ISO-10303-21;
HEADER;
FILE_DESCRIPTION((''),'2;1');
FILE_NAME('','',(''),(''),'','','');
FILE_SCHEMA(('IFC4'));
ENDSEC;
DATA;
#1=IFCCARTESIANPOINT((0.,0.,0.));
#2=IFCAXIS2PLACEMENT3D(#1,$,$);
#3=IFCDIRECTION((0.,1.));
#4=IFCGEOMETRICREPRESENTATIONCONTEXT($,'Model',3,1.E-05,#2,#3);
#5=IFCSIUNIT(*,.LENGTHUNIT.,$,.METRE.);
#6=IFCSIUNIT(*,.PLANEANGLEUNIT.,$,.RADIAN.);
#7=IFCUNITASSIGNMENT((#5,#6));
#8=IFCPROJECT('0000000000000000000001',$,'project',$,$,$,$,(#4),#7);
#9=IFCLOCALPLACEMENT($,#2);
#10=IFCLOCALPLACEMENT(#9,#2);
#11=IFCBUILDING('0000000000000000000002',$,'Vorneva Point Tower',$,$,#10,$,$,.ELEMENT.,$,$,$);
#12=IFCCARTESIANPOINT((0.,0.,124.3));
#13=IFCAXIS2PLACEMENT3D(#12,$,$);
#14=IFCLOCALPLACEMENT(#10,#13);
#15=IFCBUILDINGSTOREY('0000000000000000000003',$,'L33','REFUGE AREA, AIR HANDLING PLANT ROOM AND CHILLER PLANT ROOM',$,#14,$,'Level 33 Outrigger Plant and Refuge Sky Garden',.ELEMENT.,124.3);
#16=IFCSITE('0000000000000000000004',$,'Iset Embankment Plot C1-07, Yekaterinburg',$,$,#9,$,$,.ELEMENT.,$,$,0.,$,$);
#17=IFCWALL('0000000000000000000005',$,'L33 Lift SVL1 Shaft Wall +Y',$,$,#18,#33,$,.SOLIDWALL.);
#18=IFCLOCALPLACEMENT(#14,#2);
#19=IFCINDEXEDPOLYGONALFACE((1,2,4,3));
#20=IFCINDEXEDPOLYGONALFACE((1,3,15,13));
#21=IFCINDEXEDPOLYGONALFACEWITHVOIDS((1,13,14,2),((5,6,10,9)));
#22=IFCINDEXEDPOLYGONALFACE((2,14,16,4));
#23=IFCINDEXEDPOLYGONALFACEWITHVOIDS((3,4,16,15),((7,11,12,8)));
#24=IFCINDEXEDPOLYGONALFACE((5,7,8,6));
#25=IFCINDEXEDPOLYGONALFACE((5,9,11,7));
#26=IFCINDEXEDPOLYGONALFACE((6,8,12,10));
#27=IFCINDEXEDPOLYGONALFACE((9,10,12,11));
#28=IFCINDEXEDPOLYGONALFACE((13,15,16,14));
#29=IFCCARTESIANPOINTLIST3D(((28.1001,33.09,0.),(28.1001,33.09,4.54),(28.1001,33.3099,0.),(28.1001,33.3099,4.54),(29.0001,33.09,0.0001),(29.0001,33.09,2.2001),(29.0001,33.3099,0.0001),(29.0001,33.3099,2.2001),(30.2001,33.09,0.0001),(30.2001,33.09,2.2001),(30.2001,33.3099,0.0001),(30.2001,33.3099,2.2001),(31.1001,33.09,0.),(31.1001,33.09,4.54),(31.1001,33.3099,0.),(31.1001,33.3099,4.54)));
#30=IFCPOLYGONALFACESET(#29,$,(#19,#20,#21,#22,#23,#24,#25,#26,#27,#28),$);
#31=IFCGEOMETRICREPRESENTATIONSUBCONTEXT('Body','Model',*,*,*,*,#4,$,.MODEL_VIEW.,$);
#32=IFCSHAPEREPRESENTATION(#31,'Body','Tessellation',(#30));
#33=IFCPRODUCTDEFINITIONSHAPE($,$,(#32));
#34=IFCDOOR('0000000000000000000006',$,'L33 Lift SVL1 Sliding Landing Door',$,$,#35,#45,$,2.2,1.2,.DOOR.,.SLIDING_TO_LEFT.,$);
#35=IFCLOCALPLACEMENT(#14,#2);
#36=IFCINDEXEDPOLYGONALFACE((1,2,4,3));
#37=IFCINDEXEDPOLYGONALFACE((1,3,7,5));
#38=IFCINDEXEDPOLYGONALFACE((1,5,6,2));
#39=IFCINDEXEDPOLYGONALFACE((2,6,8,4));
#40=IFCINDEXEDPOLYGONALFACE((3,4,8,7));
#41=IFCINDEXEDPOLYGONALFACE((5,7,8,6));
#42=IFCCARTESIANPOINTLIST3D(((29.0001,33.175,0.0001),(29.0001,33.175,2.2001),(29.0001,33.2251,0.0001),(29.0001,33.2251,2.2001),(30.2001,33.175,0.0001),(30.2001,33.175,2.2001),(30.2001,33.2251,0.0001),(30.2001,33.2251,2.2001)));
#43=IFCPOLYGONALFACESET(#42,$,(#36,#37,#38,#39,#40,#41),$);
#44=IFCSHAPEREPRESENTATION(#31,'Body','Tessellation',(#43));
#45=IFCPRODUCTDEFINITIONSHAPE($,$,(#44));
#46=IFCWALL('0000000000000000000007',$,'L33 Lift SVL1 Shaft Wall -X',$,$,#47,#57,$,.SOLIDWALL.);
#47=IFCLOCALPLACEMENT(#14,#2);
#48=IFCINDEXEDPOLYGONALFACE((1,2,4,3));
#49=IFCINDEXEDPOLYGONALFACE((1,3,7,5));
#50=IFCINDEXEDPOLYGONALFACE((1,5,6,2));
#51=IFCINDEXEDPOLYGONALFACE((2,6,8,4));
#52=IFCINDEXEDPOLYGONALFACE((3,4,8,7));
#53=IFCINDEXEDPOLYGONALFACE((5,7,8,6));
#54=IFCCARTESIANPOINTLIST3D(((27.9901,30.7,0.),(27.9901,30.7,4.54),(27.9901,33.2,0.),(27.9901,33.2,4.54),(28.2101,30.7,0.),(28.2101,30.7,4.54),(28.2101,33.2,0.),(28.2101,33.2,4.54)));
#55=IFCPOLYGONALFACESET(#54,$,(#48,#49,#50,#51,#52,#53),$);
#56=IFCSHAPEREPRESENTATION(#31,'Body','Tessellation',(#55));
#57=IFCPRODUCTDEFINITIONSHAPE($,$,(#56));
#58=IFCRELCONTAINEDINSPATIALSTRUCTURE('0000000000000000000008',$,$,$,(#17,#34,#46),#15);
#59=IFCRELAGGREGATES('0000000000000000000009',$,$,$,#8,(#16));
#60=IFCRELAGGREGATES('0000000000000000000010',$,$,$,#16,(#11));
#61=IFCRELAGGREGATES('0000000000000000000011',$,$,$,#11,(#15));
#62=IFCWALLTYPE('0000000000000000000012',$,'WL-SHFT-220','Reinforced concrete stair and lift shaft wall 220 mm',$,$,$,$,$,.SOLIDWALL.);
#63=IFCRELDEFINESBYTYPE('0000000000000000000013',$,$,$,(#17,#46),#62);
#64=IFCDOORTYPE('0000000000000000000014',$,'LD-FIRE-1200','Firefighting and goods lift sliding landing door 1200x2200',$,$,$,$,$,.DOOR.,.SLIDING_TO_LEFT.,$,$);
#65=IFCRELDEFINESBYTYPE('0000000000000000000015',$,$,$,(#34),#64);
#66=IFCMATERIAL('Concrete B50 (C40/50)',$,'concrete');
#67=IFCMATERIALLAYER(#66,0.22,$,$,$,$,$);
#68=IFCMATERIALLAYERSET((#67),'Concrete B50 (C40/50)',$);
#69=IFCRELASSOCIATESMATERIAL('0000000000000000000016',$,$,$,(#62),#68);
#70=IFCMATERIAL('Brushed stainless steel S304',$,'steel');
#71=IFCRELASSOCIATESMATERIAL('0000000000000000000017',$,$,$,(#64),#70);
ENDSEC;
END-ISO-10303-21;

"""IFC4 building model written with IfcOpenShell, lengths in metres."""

from ifc_helpers import new_model, si_unit, direction, frame, frame_2d, origin, place, context, subcontext, project, spatial, rectangle, extrude, material, layer, layer_set, type_object, element, fill, save


model = new_model("IFC4")

# Units and contexts
model_context = context("Model", 3, precision=1e-05, world=origin(), true_north=direction((0.0, 1.0)))
body_context = subcontext(model_context, "Body", "Model", "MODEL_VIEW")
ifc_project = project(units=[si_unit("LENGTHUNIT", "METRE"), si_unit("PLANEANGLEUNIT", "RADIAN")], contexts=[model_context])

# Site, building, storey
site_placement = place(None, origin())
site = spatial("IfcSite", under=ifc_project, at=site_placement, Name="Iset Embankment Plot C1-07, Yekaterinburg", CompositionType="ELEMENT", RefElevation=0.0)
building_placement = place(site_placement, origin())
building = spatial("IfcBuilding", under=site, at=building_placement, Name="Vorneva Point Tower", CompositionType="ELEMENT")
storey_placement = place(building_placement, frame((0.0, 0.0, 124.3)))
storey = spatial("IfcBuildingStorey", under=building, at=storey_placement, Name="L33", Description="REFUGE AREA, AIR HANDLING PLANT ROOM AND CHILLER PLANT ROOM", LongName="Level 33 Outrigger Plant and Refuge Sky Garden", CompositionType="ELEMENT", Elevation=124.3)

# Shared definitions
ifc_material_1 = material(Name="Concrete B50 (C40/50)", Category="concrete")
ifc_layer_1 = layer(ifc_material_1, 0.22)
ifc_layer_set_1 = layer_set([ifc_layer_1], Name="Concrete B50 (C40/50)")
wall_type_1 = type_object("IfcWallType", Name="WL-SHFT-220", Description="Reinforced concrete stair and lift shaft wall 220 mm", PredefinedType="SOLIDWALL", material=ifc_layer_set_1)

# Wall, opening, door
wall_1_placement = place(storey_placement, frame((31.1001, 33.2, 0.0), z_axis=(0.0, 0.0, 1.0), x_axis=(-1.0, 0.0, 0.0)))
wall_1 = element("IfcWall", 1, at=wall_1_placement, inside=storey, type_object=wall_type_1, Name="L33 Lift SVL1 Shaft Wall +Y", PredefinedType="SOLIDWALL", context=body_context, shape_type="SweptSolid", body=[
    extrude(rectangle(XDim=3.0, YDim=0.22, at=frame_2d((1.5, 0.0))), origin(), (0.0, 0.0, 1.0), 4.54),
])
opening_1_placement = place(wall_1_placement, frame((0.8999, 0.0, 0.0)))
opening_1 = element("IfcOpeningElement", 2, at=opening_1_placement, cuts=wall_1, PredefinedType="OPENING", context=body_context, shape_type="SweptSolid", body=[
    extrude(rectangle(XDim=1.2, YDim=2.2, at=frame_2d((0.6001, 1.1001))), frame((0.0, 0.125, 0.0), z_axis=(0.0, -1.0, 0.0), x_axis=(1.0, 0.0, 0.0)), (0.0, 0.0, 1.0), 0.2498),
])
ifc_material_2 = material(Name="Brushed stainless steel S304", Category="steel")
door_type_1 = type_object("IfcDoorType", Name="LD-FIRE-1200", Description="Firefighting and goods lift sliding landing door 1200x2200", OperationType="SLIDING_TO_LEFT", PredefinedType="DOOR", material=ifc_material_2)
door_1_placement = place(opening_1_placement, origin())
door_1 = element("IfcDoor", 3, at=door_1_placement, inside=storey, type_object=door_type_1, Name="L33 Lift SVL1 Sliding Landing Door", OperationType="SLIDING_TO_LEFT", OverallHeight=2.2, OverallWidth=1.2, PredefinedType="DOOR", context=body_context, shape_type="SweptSolid", body=[
    extrude(rectangle(XDim=1.2, YDim=2.2, at=frame_2d((0.6001, 1.1001))), frame((0.0, 0.0249, 0.0), z_axis=(0.0, -1.0, 0.0), x_axis=(1.0, 0.0, 0.0)), (0.0, 0.0, 1.0), 0.05),
])
fill(opening_1, door_1)

# Wall
wall_2_placement = place(storey_placement, frame((28.1001, 33.2, 0.0), z_axis=(0.0, 0.0, 1.0), x_axis=(0.0, -1.0, 0.0)))
element("IfcWall", 4, at=wall_2_placement, inside=storey, type_object=wall_type_1, Name="L33 Lift SVL1 Shaft Wall -X", PredefinedType="SOLIDWALL", context=body_context, shape_type="SweptSolid", body=[
    extrude(rectangle(XDim=2.5, YDim=0.22, at=frame_2d((1.25, 0.0))), origin(), (0.0, 0.0, 1.0), 4.54),
])

save(model, "model.ifc")
